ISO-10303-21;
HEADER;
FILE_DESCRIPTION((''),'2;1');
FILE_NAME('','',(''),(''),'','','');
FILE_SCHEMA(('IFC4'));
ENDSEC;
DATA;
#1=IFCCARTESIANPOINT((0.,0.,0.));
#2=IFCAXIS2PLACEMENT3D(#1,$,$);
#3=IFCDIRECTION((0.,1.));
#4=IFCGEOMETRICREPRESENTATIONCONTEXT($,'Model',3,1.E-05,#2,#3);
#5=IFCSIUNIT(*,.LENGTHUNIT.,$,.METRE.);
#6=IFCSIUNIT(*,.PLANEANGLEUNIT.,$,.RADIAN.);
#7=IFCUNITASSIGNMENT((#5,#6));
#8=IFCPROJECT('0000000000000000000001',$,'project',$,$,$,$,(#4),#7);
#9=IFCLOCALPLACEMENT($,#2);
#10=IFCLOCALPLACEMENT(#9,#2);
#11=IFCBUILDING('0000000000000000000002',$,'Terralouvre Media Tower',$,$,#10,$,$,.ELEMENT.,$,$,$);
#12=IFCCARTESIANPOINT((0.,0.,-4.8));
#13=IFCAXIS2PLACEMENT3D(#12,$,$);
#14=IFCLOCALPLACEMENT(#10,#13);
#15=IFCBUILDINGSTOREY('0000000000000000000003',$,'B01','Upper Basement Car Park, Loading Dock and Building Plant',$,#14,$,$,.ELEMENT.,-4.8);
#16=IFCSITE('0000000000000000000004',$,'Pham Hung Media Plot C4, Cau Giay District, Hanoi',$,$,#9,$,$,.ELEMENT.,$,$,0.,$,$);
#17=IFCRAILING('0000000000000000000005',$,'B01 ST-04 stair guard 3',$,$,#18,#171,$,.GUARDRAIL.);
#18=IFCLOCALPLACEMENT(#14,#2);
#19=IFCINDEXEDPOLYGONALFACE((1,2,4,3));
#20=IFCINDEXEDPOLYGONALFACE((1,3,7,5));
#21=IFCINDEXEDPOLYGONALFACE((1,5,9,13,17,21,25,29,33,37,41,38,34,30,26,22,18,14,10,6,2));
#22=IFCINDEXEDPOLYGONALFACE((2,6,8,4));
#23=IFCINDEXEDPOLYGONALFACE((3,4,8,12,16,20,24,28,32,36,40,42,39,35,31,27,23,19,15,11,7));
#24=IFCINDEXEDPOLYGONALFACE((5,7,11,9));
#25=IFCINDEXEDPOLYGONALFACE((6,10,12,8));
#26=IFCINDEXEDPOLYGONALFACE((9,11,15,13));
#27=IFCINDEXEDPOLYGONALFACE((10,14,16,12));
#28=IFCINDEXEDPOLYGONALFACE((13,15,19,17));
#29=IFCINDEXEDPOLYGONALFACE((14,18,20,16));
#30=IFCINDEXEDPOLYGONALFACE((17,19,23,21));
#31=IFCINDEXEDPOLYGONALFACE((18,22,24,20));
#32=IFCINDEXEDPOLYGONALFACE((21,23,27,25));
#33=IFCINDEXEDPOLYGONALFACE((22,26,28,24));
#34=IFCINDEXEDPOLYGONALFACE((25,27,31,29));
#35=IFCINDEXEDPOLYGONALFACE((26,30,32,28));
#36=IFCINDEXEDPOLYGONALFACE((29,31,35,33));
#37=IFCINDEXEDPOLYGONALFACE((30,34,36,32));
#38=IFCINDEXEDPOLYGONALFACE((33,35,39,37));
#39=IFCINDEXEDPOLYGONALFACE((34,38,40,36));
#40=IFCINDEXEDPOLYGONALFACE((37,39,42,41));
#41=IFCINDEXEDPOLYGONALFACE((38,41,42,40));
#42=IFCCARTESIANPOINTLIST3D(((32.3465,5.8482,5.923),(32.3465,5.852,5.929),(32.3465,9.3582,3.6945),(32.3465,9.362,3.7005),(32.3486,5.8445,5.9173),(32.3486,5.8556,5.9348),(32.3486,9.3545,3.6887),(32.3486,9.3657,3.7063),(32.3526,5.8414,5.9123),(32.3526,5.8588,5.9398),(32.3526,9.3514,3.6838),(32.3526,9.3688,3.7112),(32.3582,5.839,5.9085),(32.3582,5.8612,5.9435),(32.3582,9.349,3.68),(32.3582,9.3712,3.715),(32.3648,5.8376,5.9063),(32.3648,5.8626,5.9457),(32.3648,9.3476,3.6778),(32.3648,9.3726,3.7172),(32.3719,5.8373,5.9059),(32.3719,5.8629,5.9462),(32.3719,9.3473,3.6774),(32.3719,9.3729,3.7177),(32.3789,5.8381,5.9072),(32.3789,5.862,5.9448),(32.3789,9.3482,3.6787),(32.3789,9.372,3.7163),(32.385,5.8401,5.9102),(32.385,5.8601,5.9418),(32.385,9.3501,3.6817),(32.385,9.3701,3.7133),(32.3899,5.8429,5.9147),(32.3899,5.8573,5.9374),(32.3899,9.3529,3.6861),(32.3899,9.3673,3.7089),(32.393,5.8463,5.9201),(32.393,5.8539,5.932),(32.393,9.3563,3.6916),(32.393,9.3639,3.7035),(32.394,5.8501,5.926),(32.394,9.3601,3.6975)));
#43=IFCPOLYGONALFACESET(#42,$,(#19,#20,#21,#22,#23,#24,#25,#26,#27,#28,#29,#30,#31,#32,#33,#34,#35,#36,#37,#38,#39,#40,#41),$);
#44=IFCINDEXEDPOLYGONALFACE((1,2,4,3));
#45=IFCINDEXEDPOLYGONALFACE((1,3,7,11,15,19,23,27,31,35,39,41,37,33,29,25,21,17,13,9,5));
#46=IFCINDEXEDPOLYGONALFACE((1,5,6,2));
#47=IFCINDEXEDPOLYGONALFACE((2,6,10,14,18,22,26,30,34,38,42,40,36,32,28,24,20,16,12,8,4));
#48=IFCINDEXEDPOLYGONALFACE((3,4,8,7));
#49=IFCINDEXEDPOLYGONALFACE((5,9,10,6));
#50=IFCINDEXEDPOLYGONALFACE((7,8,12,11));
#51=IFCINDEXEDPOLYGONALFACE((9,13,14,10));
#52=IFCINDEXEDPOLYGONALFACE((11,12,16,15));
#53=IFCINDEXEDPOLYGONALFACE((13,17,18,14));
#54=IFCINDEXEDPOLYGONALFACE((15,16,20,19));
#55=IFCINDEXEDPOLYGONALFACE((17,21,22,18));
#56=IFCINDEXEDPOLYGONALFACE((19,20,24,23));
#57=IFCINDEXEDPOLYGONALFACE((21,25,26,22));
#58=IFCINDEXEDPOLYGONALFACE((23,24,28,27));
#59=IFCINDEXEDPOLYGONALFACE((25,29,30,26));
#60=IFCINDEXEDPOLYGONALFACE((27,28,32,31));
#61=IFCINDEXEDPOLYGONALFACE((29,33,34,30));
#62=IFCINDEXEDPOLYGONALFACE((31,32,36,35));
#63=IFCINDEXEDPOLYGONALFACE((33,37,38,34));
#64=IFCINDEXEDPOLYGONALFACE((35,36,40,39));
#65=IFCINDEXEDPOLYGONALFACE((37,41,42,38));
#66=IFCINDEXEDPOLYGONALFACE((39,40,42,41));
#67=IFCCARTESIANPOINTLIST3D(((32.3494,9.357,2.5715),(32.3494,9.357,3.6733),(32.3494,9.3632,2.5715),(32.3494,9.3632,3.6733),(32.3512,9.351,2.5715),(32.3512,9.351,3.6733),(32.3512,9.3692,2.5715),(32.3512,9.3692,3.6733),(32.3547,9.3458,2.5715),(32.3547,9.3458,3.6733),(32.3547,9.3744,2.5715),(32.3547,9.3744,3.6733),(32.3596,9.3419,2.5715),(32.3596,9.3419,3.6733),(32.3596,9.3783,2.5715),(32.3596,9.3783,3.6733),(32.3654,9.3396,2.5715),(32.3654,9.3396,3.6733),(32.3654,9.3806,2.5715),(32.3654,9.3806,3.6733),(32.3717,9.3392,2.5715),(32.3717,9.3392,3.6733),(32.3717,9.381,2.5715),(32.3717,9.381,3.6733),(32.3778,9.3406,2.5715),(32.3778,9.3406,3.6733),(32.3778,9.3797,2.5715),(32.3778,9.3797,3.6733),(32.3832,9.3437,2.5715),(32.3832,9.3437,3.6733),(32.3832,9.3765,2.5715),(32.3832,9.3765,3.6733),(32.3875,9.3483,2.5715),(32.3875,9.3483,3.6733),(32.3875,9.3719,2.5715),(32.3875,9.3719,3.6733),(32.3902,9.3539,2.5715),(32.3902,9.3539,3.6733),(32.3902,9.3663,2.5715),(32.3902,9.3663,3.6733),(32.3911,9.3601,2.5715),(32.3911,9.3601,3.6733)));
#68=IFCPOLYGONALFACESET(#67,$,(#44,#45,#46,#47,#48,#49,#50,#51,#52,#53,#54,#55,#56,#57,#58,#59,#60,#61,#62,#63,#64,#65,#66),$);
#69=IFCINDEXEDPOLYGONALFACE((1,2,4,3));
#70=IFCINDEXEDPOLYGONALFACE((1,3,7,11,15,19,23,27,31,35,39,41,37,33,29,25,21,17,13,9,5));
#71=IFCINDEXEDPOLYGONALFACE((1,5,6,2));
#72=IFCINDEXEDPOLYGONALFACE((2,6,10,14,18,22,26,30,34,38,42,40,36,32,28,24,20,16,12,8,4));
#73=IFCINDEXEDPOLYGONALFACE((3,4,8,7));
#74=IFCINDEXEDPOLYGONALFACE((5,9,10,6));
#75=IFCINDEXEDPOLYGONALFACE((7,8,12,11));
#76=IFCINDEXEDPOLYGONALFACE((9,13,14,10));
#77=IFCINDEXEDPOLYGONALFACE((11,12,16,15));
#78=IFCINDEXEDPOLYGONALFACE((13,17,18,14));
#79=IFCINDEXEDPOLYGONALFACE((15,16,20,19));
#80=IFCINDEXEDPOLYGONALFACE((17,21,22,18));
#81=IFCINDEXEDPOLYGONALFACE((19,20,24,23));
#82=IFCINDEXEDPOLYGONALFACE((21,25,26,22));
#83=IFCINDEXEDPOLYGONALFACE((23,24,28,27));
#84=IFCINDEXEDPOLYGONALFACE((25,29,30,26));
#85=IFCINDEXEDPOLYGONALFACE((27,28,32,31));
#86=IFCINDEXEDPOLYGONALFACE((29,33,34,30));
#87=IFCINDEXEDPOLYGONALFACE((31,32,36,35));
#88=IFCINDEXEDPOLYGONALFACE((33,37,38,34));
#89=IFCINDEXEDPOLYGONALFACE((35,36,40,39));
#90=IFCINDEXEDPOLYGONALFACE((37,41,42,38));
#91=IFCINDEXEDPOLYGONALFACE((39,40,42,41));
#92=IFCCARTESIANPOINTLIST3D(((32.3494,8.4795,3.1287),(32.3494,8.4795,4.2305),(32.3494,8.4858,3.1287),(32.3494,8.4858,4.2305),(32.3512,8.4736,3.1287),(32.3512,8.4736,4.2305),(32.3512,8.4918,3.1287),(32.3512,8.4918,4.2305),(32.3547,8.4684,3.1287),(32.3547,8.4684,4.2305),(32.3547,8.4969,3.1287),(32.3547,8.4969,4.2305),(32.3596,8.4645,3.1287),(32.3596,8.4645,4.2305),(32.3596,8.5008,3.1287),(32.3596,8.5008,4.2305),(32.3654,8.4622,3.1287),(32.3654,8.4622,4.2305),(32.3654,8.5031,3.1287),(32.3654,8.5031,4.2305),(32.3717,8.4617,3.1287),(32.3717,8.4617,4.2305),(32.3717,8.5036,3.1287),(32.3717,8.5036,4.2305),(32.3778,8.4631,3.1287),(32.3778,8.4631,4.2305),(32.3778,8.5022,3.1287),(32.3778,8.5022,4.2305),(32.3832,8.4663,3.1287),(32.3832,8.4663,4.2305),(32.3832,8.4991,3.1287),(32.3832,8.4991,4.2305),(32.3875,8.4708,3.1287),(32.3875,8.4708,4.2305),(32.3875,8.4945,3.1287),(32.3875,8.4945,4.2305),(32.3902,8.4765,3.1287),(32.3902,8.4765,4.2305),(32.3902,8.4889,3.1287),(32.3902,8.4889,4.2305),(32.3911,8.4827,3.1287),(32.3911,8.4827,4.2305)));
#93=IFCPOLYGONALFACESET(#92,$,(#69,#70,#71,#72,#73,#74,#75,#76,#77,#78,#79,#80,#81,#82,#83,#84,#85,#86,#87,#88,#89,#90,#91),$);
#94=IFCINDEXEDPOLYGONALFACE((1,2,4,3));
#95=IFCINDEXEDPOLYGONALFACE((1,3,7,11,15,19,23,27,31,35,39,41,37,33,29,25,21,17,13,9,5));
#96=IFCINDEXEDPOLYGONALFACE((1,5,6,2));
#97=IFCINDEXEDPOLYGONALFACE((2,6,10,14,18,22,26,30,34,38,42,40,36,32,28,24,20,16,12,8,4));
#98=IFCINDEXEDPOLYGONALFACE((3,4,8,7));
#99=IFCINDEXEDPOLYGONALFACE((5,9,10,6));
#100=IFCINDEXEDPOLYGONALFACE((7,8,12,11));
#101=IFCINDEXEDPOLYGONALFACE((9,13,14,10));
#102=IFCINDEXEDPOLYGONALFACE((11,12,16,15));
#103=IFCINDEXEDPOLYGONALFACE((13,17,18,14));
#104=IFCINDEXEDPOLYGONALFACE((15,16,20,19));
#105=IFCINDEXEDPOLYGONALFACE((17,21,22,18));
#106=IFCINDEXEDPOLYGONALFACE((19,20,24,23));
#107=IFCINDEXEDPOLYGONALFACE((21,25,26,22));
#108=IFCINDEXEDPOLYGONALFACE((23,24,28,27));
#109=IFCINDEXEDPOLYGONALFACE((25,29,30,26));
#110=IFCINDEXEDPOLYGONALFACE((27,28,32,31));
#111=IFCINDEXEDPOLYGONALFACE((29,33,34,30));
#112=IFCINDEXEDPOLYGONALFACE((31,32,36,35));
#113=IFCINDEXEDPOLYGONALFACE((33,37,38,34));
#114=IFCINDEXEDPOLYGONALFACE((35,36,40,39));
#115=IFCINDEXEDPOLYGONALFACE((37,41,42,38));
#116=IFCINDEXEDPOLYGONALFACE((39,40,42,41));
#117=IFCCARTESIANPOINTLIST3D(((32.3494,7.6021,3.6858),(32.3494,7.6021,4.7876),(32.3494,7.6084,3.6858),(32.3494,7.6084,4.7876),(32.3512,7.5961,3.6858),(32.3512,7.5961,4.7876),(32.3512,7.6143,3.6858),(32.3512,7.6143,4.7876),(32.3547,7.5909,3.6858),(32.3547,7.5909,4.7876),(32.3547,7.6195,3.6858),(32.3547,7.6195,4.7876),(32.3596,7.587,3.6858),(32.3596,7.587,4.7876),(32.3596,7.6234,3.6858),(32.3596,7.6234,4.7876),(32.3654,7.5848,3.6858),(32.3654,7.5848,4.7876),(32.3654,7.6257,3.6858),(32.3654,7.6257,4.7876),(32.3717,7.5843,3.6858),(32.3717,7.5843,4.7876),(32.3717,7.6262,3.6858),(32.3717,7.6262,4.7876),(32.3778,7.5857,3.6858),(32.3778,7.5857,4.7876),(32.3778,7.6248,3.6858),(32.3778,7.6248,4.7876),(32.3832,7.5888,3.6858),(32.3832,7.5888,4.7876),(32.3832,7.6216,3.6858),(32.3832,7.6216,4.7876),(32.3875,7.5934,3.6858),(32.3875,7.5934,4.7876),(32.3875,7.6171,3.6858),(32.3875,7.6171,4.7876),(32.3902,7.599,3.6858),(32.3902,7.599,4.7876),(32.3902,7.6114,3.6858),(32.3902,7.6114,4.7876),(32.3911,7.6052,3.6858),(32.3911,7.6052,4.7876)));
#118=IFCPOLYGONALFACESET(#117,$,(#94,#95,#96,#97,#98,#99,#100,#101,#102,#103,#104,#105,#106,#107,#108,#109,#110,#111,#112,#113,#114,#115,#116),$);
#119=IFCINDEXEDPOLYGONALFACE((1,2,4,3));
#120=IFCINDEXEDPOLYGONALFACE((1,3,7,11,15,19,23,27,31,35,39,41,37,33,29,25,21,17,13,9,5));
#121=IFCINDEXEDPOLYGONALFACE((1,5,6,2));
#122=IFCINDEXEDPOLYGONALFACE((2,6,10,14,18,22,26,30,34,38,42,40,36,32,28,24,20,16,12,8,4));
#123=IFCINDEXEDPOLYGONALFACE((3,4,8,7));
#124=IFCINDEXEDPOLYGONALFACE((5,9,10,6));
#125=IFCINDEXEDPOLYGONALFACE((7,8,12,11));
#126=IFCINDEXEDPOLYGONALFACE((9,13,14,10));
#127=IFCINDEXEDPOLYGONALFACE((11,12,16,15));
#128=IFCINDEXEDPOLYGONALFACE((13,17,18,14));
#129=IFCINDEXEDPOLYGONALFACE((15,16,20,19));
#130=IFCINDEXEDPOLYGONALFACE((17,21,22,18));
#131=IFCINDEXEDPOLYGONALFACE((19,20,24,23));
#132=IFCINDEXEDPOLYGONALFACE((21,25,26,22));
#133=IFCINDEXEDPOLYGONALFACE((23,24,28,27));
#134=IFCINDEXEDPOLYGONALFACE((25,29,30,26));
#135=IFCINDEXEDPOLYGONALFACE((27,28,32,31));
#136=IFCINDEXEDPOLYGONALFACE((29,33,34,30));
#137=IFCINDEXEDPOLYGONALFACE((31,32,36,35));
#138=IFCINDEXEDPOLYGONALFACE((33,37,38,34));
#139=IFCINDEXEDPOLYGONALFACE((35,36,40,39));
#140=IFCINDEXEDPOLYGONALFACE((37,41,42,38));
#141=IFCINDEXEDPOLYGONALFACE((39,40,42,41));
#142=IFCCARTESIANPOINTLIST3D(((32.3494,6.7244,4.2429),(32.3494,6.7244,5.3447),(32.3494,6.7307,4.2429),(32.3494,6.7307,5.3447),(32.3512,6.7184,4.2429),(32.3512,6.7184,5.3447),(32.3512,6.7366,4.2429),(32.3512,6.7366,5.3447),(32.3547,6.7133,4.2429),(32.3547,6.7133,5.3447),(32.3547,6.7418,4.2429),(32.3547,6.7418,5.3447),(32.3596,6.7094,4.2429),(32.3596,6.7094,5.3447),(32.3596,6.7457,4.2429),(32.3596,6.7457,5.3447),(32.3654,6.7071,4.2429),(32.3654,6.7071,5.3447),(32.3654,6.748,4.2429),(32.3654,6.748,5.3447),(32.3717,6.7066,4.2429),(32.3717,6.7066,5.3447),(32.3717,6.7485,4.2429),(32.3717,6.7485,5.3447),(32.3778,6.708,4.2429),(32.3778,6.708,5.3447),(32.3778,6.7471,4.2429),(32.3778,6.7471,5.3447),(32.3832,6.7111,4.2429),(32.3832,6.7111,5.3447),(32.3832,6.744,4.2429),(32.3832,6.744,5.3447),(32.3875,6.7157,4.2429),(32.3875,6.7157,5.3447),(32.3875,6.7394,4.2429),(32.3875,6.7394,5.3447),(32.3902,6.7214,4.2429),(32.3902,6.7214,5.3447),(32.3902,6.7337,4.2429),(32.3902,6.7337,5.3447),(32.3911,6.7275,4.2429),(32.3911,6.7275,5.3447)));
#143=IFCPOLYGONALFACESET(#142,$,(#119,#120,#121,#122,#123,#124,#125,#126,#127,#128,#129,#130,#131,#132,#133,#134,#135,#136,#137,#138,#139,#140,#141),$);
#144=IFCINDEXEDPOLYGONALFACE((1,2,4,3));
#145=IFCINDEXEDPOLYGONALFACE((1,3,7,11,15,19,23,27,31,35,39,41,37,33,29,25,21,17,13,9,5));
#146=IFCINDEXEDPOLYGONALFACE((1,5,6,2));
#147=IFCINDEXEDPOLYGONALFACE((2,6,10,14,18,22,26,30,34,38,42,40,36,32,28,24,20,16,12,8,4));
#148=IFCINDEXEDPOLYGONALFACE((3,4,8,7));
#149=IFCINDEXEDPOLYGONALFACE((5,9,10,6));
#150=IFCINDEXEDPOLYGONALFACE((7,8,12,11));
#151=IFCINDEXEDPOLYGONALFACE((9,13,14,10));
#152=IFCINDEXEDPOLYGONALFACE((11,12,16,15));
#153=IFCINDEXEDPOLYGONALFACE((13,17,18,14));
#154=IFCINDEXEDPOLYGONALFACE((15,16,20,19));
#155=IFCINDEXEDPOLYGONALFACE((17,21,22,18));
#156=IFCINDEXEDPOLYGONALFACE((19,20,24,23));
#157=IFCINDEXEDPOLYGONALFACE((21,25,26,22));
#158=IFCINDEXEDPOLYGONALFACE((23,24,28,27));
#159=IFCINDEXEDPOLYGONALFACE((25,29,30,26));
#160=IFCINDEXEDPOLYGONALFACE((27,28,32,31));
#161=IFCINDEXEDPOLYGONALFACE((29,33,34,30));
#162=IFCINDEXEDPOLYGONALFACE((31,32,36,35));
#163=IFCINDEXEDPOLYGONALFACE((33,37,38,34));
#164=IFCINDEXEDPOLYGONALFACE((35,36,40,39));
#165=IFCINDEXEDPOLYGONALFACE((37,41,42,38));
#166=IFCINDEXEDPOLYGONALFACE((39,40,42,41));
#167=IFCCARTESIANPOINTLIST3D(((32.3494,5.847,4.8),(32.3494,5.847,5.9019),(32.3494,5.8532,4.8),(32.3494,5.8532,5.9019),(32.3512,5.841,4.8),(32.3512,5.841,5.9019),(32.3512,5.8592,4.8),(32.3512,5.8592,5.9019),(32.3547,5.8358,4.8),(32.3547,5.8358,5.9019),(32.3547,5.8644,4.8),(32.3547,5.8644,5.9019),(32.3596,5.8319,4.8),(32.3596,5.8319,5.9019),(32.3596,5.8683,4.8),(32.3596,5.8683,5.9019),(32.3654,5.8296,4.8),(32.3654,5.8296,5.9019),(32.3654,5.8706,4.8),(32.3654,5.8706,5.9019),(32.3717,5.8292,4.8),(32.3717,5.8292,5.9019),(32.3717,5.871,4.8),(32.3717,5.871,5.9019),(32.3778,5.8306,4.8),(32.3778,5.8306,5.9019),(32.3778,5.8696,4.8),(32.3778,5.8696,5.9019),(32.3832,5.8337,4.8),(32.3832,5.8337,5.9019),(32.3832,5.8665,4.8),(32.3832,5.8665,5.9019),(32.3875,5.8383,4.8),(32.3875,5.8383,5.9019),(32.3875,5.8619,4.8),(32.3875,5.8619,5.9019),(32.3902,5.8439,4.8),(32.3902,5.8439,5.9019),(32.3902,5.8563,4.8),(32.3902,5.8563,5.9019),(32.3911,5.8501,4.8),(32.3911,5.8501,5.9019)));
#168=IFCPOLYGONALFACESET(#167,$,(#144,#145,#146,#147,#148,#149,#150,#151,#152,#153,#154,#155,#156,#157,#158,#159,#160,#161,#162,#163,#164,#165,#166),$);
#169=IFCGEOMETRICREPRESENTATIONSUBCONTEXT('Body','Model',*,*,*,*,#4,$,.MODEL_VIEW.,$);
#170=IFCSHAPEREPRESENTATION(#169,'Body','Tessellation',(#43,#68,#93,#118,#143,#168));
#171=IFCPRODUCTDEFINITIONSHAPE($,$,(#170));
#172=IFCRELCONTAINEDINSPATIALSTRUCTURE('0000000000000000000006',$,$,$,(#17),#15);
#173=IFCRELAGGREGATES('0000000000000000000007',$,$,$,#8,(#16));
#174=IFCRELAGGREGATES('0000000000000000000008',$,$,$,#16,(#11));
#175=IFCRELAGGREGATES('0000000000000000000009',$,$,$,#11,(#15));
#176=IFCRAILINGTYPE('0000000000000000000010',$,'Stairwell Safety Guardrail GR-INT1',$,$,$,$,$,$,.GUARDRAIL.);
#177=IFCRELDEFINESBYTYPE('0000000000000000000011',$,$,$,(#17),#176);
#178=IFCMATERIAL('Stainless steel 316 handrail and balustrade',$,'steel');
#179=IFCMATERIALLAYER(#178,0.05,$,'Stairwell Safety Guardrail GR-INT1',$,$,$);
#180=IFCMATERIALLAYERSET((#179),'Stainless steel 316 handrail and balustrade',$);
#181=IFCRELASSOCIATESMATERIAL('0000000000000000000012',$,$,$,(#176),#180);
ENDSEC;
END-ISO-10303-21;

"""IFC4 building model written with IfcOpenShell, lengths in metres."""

from ifc_helpers import new_model, si_unit, direction, frame, origin, origin_2d, place, context, subcontext, project, spatial, circle, extrude, material, layer, layer_set, type_object, element, save


model = new_model("IFC4")

# Units and contexts
model_context = context("Model", 3, precision=1e-05, world=origin(), true_north=direction((0.0, 1.0)))
body_context = subcontext(model_context, "Body", "Model", "MODEL_VIEW")
ifc_project = project(units=[si_unit("LENGTHUNIT", "METRE"), si_unit("PLANEANGLEUNIT", "RADIAN")], contexts=[model_context])

# Site, building, storey
site_placement = place(None, origin())
site = spatial("IfcSite", under=ifc_project, at=site_placement, Name="Pham Hung Media Plot C4, Cau Giay District, Hanoi", CompositionType="ELEMENT", RefElevation=0.0)
building_placement = place(site_placement, origin())
building = spatial("IfcBuilding", under=site, at=building_placement, Name="Terralouvre Media Tower", CompositionType="ELEMENT")
storey_placement = place(building_placement, frame((0.0, 0.0, -4.8)))
storey = spatial("IfcBuildingStorey", under=building, at=storey_placement, Name="B01", Description="Upper Basement Car Park, Loading Dock and Building Plant", CompositionType="ELEMENT", Elevation=-4.8)

# Railing
ifc_material_1 = material(Name="Stainless steel 316 handrail and balustrade", Category="steel")
ifc_layer_1 = layer(ifc_material_1, 0.05, Name="Stairwell Safety Guardrail GR-INT1")
ifc_layer_set_1 = layer_set([ifc_layer_1], Name="Stainless steel 316 handrail and balustrade")
railing_type_1 = type_object("IfcRailingType", Name="Stairwell Safety Guardrail GR-INT1", PredefinedType="GUARDRAIL", material=ifc_layer_set_1)
railing_1_placement = place(storey_placement, frame((32.3701, 9.3601, 2.5715)))
element("IfcRailing", 1, at=railing_1_placement, inside=storey, type_object=railing_type_1, Name="B01 ST-04 stair guard 3", PredefinedType="GUARDRAIL", context=body_context, shape_type="SweptSolid", body=[
    extrude(circle(Radius=0.0239, at=origin_2d()), frame((0.0, 0.0, 1.126), z_axis=(0.0, -0.84422, 0.535998), x_axis=(1.0, 0.0, 0.0)), (0.0, 0.0, 1.0), 4.1577),
    extrude(circle(Radius=0.021, at=origin_2d()), origin(), (0.0, 0.0, 1.0), 1.1018),
    extrude(circle(Radius=0.021, at=origin_2d()), frame((0.0, -0.8774, 0.5571)), (0.0, 0.0, 1.0), 1.1018),
    extrude(circle(Radius=0.021, at=origin_2d()), frame((0.0, -1.7549, 1.1143)), (0.0, 0.0, 1.0), 1.1018),
    extrude(circle(Radius=0.021, at=origin_2d()), frame((0.0, -2.6326, 1.6714)), (0.0, 0.0, 1.0), 1.1018),
    extrude(circle(Radius=0.021, at=origin_2d()), frame((0.0, -3.51, 2.2285)), (0.0, 0.0, 1.0), 1.1018),
])

save(model, "model.ifc")
